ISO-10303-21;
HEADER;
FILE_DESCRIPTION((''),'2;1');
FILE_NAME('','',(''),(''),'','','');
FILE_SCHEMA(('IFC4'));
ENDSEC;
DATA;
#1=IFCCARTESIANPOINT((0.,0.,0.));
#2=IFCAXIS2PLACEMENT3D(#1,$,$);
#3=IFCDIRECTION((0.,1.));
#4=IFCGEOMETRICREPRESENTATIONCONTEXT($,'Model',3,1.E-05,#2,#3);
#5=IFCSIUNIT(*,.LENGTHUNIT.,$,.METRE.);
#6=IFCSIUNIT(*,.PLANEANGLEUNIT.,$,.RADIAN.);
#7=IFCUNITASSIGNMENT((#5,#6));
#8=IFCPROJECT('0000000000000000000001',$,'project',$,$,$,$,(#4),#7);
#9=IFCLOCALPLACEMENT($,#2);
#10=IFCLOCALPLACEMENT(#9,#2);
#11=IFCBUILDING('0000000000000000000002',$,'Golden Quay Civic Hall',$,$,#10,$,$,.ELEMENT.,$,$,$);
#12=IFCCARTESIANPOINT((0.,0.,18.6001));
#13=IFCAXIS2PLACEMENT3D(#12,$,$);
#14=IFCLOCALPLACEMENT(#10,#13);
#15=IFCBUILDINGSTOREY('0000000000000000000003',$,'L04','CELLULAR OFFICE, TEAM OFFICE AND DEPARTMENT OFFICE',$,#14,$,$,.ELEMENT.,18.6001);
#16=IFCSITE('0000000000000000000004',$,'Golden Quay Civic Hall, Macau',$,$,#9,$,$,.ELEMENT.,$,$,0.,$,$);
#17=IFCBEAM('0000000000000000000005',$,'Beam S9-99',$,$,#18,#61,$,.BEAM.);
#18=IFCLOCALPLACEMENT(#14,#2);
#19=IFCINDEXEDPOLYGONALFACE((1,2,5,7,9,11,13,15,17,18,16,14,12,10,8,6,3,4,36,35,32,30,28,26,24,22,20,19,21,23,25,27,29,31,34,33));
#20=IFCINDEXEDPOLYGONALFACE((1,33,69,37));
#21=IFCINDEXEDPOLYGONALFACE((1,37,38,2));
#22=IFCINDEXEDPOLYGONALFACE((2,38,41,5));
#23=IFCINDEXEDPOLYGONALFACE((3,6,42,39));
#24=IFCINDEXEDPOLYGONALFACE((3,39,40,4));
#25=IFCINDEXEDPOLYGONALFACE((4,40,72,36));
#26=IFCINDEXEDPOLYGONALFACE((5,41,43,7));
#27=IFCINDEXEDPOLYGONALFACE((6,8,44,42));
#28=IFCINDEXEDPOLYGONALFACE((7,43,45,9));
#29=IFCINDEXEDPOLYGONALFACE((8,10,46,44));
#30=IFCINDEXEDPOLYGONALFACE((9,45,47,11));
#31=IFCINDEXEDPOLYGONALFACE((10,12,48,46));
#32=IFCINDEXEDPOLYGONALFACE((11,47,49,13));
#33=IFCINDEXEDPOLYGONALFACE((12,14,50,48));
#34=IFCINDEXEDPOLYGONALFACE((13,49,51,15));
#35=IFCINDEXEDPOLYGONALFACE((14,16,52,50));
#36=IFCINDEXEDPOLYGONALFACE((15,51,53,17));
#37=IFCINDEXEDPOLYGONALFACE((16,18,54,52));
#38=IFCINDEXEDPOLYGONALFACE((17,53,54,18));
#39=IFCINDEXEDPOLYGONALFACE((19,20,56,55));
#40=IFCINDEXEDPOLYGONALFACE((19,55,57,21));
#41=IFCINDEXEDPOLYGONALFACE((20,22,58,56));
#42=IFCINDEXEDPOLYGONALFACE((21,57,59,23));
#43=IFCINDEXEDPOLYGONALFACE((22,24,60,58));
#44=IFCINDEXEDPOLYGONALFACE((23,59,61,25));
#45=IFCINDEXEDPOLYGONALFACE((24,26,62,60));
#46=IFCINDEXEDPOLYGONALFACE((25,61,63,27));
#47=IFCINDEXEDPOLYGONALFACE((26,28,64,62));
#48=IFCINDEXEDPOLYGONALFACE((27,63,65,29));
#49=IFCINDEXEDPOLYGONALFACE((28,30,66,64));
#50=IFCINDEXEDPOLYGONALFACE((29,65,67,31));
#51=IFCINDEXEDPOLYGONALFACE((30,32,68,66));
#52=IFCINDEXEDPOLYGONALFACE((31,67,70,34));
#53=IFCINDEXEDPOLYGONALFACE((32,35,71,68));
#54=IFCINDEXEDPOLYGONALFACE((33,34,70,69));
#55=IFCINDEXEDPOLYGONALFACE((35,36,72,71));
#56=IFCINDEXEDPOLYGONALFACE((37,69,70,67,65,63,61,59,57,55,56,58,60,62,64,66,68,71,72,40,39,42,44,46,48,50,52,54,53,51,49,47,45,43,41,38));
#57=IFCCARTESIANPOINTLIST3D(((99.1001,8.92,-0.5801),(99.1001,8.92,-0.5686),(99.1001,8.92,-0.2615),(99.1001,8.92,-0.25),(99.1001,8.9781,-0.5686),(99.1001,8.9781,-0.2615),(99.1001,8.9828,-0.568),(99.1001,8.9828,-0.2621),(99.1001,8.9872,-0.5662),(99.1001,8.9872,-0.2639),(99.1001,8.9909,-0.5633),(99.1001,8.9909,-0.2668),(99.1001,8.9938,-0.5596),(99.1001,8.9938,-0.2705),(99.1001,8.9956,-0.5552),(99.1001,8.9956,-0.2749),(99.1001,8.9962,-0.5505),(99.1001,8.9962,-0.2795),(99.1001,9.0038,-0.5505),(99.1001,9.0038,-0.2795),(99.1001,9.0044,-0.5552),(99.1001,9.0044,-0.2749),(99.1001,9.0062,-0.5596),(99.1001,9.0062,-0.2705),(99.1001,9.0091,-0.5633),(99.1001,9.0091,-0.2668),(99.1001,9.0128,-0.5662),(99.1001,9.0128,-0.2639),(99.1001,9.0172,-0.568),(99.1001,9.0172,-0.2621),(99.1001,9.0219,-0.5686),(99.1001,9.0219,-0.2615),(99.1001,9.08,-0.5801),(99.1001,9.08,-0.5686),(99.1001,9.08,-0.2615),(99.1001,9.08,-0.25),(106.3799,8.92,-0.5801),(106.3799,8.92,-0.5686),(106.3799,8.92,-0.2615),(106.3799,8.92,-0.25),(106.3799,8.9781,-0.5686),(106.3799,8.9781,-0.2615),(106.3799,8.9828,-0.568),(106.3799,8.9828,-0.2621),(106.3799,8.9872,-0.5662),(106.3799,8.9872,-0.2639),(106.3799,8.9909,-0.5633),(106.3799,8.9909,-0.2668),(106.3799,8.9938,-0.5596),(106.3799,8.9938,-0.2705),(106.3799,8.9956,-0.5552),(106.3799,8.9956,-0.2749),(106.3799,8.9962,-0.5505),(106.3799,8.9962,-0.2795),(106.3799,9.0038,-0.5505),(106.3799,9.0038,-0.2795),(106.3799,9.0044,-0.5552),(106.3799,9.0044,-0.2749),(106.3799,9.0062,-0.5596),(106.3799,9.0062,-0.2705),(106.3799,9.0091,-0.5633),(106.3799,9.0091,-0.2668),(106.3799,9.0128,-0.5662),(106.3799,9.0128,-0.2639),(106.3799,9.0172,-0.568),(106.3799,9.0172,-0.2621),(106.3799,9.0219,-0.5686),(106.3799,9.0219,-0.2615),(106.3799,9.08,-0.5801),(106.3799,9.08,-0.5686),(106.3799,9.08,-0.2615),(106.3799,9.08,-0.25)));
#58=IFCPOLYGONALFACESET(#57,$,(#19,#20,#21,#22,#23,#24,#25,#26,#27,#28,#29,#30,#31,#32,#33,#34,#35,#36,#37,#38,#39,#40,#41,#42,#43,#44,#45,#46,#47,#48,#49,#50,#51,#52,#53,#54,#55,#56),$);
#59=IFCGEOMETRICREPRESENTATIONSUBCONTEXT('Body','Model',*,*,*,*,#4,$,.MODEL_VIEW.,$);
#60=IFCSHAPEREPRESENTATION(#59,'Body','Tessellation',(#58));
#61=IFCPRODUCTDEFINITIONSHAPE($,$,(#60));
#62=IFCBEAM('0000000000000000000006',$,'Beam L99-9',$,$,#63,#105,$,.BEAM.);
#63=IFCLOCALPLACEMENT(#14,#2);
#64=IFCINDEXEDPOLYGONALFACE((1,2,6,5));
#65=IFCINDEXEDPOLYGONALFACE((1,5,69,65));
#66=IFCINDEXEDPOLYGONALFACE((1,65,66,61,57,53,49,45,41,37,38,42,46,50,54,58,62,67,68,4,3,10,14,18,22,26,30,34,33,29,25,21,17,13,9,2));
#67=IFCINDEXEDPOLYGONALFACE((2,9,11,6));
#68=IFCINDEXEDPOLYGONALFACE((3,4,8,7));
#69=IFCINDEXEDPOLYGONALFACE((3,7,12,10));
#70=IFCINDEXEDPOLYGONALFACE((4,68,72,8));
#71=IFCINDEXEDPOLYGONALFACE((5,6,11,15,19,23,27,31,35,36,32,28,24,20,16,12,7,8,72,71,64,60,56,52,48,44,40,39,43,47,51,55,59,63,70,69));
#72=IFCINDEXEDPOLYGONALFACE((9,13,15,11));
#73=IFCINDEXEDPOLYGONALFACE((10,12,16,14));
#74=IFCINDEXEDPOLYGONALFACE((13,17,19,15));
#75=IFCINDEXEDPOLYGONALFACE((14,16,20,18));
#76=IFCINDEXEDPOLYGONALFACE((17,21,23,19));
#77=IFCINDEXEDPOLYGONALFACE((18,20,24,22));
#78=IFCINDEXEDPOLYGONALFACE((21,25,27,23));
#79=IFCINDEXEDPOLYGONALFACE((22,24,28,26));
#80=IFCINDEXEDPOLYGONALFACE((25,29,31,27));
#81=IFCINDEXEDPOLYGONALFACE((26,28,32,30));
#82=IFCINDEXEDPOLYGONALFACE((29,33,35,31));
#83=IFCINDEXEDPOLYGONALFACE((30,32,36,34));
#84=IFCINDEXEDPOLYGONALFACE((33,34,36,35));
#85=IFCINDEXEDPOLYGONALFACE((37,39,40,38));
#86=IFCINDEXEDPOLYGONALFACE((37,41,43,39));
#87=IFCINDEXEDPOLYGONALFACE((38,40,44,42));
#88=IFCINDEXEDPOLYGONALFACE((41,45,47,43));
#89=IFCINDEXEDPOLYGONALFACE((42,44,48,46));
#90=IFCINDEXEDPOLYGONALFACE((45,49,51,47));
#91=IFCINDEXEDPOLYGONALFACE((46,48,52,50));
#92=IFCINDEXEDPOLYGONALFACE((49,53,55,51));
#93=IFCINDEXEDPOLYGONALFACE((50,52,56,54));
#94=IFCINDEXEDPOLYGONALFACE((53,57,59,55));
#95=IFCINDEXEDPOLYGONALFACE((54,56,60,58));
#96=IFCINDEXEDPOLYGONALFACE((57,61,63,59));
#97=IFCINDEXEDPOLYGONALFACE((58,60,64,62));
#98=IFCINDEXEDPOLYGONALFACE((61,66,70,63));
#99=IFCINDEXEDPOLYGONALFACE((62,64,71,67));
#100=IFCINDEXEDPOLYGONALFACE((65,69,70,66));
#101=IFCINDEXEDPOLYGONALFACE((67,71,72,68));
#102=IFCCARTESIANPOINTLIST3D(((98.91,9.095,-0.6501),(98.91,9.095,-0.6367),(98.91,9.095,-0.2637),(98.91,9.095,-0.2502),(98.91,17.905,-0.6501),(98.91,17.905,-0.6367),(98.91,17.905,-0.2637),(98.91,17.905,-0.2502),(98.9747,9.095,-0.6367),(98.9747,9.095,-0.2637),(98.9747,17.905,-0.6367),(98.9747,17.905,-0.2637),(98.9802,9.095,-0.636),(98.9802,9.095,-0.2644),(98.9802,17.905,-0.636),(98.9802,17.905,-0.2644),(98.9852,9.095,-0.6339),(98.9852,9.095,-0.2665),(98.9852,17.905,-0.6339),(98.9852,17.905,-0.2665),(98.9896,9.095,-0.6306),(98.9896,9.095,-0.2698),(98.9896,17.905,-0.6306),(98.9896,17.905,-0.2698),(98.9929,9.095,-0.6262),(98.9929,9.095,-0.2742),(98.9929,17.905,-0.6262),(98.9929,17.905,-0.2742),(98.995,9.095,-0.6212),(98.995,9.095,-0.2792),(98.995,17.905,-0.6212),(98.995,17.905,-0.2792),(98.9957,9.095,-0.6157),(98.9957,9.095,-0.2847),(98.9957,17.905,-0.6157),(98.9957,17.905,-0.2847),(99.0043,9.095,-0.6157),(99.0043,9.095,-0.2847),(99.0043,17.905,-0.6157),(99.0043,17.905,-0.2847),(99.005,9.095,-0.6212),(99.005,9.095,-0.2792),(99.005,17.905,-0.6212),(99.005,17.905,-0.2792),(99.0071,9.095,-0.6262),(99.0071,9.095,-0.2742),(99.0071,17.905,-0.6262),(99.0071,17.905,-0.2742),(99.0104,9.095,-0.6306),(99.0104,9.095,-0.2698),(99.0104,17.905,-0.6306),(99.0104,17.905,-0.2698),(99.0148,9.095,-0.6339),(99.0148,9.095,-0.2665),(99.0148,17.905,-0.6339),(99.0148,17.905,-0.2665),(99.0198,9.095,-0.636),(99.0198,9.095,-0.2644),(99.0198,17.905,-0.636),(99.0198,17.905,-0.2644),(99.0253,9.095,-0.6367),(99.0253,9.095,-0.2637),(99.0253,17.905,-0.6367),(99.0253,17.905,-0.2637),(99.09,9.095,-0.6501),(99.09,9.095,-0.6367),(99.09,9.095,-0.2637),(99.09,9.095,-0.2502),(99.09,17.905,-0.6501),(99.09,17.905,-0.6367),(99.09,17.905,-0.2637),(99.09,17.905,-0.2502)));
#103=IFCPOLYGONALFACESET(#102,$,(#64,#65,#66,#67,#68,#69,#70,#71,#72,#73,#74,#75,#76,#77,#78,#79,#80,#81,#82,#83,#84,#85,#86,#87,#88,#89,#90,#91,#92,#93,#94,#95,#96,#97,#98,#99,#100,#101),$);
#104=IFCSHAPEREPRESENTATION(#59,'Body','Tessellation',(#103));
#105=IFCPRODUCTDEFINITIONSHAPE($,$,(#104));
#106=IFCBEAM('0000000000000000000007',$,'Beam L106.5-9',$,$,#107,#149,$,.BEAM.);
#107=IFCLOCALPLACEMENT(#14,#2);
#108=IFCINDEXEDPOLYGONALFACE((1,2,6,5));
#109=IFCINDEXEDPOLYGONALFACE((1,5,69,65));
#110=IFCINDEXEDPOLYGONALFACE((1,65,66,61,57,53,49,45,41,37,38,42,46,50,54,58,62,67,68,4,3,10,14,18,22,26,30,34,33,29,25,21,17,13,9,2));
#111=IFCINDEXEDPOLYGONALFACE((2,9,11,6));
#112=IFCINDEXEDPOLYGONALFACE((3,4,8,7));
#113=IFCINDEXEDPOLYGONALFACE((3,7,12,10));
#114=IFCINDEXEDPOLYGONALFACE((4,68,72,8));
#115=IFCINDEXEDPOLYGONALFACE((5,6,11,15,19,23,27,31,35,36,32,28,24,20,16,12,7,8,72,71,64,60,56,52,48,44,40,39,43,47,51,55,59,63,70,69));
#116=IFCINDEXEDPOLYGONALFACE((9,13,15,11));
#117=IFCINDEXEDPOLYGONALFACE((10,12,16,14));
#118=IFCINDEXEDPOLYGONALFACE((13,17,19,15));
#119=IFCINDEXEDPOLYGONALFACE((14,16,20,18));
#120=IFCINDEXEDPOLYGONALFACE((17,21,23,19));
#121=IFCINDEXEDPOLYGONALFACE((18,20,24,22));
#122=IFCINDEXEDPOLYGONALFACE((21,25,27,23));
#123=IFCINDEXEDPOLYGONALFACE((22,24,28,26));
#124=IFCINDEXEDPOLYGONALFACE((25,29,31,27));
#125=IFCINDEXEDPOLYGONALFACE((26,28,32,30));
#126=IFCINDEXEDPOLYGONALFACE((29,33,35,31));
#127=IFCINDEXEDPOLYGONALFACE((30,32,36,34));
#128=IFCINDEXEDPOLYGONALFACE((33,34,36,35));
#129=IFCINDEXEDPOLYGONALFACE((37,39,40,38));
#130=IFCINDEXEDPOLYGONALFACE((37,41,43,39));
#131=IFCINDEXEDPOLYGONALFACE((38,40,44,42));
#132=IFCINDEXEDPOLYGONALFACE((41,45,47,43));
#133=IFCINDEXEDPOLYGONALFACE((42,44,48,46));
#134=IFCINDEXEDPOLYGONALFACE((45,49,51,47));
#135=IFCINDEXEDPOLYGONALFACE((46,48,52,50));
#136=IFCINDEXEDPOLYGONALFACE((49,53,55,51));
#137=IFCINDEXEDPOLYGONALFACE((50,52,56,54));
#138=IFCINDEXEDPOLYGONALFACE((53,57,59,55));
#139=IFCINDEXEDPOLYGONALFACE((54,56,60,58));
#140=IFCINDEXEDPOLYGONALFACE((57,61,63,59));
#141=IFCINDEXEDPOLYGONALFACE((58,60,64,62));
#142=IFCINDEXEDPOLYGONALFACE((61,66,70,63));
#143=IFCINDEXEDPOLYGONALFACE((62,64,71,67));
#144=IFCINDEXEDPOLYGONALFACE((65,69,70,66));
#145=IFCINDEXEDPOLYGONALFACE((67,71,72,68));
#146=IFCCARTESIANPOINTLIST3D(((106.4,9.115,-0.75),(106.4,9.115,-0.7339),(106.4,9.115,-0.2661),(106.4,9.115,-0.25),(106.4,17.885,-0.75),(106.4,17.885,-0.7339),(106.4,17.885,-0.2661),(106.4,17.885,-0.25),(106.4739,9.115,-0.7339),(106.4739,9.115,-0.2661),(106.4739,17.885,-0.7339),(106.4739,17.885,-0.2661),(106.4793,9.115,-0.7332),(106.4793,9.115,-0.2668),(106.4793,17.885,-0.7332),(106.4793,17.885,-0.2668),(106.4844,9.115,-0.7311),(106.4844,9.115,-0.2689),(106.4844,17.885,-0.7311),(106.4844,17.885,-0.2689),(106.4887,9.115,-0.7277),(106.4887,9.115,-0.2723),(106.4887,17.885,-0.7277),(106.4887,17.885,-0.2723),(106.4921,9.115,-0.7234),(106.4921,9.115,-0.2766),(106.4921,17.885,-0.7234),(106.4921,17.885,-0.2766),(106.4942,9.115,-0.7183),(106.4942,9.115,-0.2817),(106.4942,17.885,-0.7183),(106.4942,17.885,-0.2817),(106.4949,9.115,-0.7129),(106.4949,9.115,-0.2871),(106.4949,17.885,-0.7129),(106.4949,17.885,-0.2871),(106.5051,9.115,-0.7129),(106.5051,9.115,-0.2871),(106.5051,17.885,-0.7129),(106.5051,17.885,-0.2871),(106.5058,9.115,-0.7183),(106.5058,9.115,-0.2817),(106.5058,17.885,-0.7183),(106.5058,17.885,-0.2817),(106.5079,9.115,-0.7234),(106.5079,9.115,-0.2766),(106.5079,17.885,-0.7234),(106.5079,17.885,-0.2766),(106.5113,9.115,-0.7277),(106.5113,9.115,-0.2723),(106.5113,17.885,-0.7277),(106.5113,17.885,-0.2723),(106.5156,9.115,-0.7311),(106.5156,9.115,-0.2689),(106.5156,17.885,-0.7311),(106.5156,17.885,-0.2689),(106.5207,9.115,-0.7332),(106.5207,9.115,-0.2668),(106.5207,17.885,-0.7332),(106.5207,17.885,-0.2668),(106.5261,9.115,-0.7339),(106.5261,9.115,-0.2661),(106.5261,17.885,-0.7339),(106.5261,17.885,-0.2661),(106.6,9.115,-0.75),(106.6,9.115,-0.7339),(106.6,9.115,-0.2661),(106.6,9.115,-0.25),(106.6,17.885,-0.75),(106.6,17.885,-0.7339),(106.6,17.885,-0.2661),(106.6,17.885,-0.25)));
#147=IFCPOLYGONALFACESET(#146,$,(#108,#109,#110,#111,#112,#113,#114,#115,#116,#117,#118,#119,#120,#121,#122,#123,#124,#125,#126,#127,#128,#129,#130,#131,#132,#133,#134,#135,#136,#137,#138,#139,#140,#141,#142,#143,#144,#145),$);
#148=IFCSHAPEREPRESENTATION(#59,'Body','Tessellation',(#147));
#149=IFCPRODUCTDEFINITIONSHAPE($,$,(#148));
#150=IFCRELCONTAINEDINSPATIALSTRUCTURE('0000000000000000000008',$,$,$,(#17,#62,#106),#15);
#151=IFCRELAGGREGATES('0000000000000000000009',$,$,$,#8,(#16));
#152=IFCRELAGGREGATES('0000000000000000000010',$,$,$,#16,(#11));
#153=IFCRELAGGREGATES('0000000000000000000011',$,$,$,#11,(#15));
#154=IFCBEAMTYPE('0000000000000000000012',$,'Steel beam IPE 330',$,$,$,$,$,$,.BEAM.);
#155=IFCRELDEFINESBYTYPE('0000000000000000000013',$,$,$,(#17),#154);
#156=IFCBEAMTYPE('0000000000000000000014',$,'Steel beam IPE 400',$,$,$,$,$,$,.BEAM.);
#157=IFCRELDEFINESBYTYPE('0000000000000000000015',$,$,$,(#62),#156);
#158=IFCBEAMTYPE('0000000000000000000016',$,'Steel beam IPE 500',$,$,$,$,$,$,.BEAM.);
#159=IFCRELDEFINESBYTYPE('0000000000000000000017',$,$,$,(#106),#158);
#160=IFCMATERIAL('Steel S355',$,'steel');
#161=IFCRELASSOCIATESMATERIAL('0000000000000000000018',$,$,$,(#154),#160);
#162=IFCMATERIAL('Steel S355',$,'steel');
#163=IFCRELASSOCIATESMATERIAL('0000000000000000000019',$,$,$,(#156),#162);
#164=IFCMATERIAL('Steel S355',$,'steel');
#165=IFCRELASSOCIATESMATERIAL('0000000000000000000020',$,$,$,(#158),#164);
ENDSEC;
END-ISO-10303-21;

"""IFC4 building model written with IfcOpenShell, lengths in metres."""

from ifc_helpers import new_model, si_unit, direction, frame, origin, origin_2d, place, context, subcontext, project, spatial, i_section, extrude, material, material_profile, profile_set, type_object, element, save


model = new_model("IFC4")

# Units and contexts
model_context = context("Model", 3, precision=1e-05, world=origin(), true_north=direction((0.0, 1.0)))
body_context = subcontext(model_context, "Body", "Model", "MODEL_VIEW")
ifc_project = project(units=[si_unit("LENGTHUNIT", "METRE"), si_unit("PLANEANGLEUNIT", "RADIAN")], contexts=[model_context])

# Site, building, storey
site_placement = place(None, origin())
site = spatial("IfcSite", under=ifc_project, at=site_placement, Name="Golden Quay Civic Hall, Macau", CompositionType="ELEMENT", RefElevation=0.0)
building_placement = place(site_placement, origin())
building = spatial("IfcBuilding", under=site, at=building_placement, Name="Golden Quay Civic Hall", CompositionType="ELEMENT")
storey_placement = place(building_placement, frame((0.0, 0.0, 18.6001)))
storey = spatial("IfcBuildingStorey", under=building, at=storey_placement, Name="L04", Description="CELLULAR OFFICE, TEAM OFFICE AND DEPARTMENT OFFICE", CompositionType="ELEMENT", Elevation=18.6001)

# Beams
ifc_material_1 = material(Name="Steel S355", Category="steel")
ifc_material_profile_1 = material_profile(ifc_material_1, i_section(OverallWidth=0.1599, OverallDepth=0.3301, WebThickness=0.0076, FlangeThickness=0.0115, FilletRadius=0.0181, at=origin_2d()), Name="IPE 330")
ifc_profile_set_1 = profile_set([ifc_material_profile_1], Name="Steel S355")
beam_type_1 = type_object("IfcBeamType", Name="Steel beam IPE 330", PredefinedType="BEAM", material=ifc_profile_set_1)
beam_1_placement = place(storey_placement, frame((99.1001, 9.0, -0.415), z_axis=(1.0, 0.0, 0.0), x_axis=(0.0, 1.0, 0.0)))
element("IfcBeam", 1, at=beam_1_placement, inside=storey, type_object=beam_type_1, Name="Beam S9-99", PredefinedType="BEAM", context=body_context, shape_type="SweptSolid", body=[
    extrude(i_section(OverallWidth=0.1599, OverallDepth=0.3301, WebThickness=0.0076, FlangeThickness=0.0115, FilletRadius=0.0181, at=origin_2d()), origin(), (0.0, 0.0, 1.0), 7.2798),
])
ifc_material_2 = material(Name="Steel S355", Category="steel")
ifc_material_profile_2 = material_profile(ifc_material_2, i_section(OverallWidth=0.1799, OverallDepth=0.3999, WebThickness=0.0085, FlangeThickness=0.0134, FilletRadius=0.021, at=origin_2d()), Name="IPE 400")
ifc_profile_set_2 = profile_set([ifc_material_profile_2], Name="Steel S355")
beam_type_2 = type_object("IfcBeamType", Name="Steel beam IPE 400", PredefinedType="BEAM", material=ifc_profile_set_2)
beam_2_placement = place(storey_placement, frame((99.0, 9.095, -0.4502), z_axis=(0.0, 1.0, 0.0), x_axis=(-1.0, 0.0, 0.0)))
element("IfcBeam", 2, at=beam_2_placement, inside=storey, type_object=beam_type_2, Name="Beam L99-9", PredefinedType="BEAM", context=body_context, shape_type="SweptSolid", body=[
    extrude(i_section(OverallWidth=0.1799, OverallDepth=0.3999, WebThickness=0.0085, FlangeThickness=0.0134, FilletRadius=0.021, at=origin_2d()), origin(), (0.0, 0.0, 1.0), 8.8101),
])
ifc_material_3 = material(Name="Steel S355", Category="steel")
ifc_material_profile_3 = material_profile(ifc_material_3, i_section(OverallWidth=0.2, OverallDepth=0.5, WebThickness=0.0103, FlangeThickness=0.0161, FilletRadius=0.021, at=origin_2d()), Name="IPE 500")
ifc_profile_set_3 = profile_set([ifc_material_profile_3], Name="Steel S355")
beam_type_3 = type_object("IfcBeamType", Name="Steel beam IPE 500", PredefinedType="BEAM", material=ifc_profile_set_3)
beam_3_placement = place(storey_placement, frame((106.5, 9.115, -0.5), z_axis=(0.0, 1.0, 0.0), x_axis=(-1.0, 0.0, 0.0)))
element("IfcBeam", 3, at=beam_3_placement, inside=storey, type_object=beam_type_3, Name="Beam L106.5-9", PredefinedType="BEAM", context=body_context, shape_type="SweptSolid", body=[
    extrude(i_section(OverallWidth=0.2, OverallDepth=0.5, WebThickness=0.0103, FlangeThickness=0.0161, FilletRadius=0.021, at=origin_2d()), origin(), (0.0, 0.0, 1.0), 8.77),
])

save(model, "model.ifc")
